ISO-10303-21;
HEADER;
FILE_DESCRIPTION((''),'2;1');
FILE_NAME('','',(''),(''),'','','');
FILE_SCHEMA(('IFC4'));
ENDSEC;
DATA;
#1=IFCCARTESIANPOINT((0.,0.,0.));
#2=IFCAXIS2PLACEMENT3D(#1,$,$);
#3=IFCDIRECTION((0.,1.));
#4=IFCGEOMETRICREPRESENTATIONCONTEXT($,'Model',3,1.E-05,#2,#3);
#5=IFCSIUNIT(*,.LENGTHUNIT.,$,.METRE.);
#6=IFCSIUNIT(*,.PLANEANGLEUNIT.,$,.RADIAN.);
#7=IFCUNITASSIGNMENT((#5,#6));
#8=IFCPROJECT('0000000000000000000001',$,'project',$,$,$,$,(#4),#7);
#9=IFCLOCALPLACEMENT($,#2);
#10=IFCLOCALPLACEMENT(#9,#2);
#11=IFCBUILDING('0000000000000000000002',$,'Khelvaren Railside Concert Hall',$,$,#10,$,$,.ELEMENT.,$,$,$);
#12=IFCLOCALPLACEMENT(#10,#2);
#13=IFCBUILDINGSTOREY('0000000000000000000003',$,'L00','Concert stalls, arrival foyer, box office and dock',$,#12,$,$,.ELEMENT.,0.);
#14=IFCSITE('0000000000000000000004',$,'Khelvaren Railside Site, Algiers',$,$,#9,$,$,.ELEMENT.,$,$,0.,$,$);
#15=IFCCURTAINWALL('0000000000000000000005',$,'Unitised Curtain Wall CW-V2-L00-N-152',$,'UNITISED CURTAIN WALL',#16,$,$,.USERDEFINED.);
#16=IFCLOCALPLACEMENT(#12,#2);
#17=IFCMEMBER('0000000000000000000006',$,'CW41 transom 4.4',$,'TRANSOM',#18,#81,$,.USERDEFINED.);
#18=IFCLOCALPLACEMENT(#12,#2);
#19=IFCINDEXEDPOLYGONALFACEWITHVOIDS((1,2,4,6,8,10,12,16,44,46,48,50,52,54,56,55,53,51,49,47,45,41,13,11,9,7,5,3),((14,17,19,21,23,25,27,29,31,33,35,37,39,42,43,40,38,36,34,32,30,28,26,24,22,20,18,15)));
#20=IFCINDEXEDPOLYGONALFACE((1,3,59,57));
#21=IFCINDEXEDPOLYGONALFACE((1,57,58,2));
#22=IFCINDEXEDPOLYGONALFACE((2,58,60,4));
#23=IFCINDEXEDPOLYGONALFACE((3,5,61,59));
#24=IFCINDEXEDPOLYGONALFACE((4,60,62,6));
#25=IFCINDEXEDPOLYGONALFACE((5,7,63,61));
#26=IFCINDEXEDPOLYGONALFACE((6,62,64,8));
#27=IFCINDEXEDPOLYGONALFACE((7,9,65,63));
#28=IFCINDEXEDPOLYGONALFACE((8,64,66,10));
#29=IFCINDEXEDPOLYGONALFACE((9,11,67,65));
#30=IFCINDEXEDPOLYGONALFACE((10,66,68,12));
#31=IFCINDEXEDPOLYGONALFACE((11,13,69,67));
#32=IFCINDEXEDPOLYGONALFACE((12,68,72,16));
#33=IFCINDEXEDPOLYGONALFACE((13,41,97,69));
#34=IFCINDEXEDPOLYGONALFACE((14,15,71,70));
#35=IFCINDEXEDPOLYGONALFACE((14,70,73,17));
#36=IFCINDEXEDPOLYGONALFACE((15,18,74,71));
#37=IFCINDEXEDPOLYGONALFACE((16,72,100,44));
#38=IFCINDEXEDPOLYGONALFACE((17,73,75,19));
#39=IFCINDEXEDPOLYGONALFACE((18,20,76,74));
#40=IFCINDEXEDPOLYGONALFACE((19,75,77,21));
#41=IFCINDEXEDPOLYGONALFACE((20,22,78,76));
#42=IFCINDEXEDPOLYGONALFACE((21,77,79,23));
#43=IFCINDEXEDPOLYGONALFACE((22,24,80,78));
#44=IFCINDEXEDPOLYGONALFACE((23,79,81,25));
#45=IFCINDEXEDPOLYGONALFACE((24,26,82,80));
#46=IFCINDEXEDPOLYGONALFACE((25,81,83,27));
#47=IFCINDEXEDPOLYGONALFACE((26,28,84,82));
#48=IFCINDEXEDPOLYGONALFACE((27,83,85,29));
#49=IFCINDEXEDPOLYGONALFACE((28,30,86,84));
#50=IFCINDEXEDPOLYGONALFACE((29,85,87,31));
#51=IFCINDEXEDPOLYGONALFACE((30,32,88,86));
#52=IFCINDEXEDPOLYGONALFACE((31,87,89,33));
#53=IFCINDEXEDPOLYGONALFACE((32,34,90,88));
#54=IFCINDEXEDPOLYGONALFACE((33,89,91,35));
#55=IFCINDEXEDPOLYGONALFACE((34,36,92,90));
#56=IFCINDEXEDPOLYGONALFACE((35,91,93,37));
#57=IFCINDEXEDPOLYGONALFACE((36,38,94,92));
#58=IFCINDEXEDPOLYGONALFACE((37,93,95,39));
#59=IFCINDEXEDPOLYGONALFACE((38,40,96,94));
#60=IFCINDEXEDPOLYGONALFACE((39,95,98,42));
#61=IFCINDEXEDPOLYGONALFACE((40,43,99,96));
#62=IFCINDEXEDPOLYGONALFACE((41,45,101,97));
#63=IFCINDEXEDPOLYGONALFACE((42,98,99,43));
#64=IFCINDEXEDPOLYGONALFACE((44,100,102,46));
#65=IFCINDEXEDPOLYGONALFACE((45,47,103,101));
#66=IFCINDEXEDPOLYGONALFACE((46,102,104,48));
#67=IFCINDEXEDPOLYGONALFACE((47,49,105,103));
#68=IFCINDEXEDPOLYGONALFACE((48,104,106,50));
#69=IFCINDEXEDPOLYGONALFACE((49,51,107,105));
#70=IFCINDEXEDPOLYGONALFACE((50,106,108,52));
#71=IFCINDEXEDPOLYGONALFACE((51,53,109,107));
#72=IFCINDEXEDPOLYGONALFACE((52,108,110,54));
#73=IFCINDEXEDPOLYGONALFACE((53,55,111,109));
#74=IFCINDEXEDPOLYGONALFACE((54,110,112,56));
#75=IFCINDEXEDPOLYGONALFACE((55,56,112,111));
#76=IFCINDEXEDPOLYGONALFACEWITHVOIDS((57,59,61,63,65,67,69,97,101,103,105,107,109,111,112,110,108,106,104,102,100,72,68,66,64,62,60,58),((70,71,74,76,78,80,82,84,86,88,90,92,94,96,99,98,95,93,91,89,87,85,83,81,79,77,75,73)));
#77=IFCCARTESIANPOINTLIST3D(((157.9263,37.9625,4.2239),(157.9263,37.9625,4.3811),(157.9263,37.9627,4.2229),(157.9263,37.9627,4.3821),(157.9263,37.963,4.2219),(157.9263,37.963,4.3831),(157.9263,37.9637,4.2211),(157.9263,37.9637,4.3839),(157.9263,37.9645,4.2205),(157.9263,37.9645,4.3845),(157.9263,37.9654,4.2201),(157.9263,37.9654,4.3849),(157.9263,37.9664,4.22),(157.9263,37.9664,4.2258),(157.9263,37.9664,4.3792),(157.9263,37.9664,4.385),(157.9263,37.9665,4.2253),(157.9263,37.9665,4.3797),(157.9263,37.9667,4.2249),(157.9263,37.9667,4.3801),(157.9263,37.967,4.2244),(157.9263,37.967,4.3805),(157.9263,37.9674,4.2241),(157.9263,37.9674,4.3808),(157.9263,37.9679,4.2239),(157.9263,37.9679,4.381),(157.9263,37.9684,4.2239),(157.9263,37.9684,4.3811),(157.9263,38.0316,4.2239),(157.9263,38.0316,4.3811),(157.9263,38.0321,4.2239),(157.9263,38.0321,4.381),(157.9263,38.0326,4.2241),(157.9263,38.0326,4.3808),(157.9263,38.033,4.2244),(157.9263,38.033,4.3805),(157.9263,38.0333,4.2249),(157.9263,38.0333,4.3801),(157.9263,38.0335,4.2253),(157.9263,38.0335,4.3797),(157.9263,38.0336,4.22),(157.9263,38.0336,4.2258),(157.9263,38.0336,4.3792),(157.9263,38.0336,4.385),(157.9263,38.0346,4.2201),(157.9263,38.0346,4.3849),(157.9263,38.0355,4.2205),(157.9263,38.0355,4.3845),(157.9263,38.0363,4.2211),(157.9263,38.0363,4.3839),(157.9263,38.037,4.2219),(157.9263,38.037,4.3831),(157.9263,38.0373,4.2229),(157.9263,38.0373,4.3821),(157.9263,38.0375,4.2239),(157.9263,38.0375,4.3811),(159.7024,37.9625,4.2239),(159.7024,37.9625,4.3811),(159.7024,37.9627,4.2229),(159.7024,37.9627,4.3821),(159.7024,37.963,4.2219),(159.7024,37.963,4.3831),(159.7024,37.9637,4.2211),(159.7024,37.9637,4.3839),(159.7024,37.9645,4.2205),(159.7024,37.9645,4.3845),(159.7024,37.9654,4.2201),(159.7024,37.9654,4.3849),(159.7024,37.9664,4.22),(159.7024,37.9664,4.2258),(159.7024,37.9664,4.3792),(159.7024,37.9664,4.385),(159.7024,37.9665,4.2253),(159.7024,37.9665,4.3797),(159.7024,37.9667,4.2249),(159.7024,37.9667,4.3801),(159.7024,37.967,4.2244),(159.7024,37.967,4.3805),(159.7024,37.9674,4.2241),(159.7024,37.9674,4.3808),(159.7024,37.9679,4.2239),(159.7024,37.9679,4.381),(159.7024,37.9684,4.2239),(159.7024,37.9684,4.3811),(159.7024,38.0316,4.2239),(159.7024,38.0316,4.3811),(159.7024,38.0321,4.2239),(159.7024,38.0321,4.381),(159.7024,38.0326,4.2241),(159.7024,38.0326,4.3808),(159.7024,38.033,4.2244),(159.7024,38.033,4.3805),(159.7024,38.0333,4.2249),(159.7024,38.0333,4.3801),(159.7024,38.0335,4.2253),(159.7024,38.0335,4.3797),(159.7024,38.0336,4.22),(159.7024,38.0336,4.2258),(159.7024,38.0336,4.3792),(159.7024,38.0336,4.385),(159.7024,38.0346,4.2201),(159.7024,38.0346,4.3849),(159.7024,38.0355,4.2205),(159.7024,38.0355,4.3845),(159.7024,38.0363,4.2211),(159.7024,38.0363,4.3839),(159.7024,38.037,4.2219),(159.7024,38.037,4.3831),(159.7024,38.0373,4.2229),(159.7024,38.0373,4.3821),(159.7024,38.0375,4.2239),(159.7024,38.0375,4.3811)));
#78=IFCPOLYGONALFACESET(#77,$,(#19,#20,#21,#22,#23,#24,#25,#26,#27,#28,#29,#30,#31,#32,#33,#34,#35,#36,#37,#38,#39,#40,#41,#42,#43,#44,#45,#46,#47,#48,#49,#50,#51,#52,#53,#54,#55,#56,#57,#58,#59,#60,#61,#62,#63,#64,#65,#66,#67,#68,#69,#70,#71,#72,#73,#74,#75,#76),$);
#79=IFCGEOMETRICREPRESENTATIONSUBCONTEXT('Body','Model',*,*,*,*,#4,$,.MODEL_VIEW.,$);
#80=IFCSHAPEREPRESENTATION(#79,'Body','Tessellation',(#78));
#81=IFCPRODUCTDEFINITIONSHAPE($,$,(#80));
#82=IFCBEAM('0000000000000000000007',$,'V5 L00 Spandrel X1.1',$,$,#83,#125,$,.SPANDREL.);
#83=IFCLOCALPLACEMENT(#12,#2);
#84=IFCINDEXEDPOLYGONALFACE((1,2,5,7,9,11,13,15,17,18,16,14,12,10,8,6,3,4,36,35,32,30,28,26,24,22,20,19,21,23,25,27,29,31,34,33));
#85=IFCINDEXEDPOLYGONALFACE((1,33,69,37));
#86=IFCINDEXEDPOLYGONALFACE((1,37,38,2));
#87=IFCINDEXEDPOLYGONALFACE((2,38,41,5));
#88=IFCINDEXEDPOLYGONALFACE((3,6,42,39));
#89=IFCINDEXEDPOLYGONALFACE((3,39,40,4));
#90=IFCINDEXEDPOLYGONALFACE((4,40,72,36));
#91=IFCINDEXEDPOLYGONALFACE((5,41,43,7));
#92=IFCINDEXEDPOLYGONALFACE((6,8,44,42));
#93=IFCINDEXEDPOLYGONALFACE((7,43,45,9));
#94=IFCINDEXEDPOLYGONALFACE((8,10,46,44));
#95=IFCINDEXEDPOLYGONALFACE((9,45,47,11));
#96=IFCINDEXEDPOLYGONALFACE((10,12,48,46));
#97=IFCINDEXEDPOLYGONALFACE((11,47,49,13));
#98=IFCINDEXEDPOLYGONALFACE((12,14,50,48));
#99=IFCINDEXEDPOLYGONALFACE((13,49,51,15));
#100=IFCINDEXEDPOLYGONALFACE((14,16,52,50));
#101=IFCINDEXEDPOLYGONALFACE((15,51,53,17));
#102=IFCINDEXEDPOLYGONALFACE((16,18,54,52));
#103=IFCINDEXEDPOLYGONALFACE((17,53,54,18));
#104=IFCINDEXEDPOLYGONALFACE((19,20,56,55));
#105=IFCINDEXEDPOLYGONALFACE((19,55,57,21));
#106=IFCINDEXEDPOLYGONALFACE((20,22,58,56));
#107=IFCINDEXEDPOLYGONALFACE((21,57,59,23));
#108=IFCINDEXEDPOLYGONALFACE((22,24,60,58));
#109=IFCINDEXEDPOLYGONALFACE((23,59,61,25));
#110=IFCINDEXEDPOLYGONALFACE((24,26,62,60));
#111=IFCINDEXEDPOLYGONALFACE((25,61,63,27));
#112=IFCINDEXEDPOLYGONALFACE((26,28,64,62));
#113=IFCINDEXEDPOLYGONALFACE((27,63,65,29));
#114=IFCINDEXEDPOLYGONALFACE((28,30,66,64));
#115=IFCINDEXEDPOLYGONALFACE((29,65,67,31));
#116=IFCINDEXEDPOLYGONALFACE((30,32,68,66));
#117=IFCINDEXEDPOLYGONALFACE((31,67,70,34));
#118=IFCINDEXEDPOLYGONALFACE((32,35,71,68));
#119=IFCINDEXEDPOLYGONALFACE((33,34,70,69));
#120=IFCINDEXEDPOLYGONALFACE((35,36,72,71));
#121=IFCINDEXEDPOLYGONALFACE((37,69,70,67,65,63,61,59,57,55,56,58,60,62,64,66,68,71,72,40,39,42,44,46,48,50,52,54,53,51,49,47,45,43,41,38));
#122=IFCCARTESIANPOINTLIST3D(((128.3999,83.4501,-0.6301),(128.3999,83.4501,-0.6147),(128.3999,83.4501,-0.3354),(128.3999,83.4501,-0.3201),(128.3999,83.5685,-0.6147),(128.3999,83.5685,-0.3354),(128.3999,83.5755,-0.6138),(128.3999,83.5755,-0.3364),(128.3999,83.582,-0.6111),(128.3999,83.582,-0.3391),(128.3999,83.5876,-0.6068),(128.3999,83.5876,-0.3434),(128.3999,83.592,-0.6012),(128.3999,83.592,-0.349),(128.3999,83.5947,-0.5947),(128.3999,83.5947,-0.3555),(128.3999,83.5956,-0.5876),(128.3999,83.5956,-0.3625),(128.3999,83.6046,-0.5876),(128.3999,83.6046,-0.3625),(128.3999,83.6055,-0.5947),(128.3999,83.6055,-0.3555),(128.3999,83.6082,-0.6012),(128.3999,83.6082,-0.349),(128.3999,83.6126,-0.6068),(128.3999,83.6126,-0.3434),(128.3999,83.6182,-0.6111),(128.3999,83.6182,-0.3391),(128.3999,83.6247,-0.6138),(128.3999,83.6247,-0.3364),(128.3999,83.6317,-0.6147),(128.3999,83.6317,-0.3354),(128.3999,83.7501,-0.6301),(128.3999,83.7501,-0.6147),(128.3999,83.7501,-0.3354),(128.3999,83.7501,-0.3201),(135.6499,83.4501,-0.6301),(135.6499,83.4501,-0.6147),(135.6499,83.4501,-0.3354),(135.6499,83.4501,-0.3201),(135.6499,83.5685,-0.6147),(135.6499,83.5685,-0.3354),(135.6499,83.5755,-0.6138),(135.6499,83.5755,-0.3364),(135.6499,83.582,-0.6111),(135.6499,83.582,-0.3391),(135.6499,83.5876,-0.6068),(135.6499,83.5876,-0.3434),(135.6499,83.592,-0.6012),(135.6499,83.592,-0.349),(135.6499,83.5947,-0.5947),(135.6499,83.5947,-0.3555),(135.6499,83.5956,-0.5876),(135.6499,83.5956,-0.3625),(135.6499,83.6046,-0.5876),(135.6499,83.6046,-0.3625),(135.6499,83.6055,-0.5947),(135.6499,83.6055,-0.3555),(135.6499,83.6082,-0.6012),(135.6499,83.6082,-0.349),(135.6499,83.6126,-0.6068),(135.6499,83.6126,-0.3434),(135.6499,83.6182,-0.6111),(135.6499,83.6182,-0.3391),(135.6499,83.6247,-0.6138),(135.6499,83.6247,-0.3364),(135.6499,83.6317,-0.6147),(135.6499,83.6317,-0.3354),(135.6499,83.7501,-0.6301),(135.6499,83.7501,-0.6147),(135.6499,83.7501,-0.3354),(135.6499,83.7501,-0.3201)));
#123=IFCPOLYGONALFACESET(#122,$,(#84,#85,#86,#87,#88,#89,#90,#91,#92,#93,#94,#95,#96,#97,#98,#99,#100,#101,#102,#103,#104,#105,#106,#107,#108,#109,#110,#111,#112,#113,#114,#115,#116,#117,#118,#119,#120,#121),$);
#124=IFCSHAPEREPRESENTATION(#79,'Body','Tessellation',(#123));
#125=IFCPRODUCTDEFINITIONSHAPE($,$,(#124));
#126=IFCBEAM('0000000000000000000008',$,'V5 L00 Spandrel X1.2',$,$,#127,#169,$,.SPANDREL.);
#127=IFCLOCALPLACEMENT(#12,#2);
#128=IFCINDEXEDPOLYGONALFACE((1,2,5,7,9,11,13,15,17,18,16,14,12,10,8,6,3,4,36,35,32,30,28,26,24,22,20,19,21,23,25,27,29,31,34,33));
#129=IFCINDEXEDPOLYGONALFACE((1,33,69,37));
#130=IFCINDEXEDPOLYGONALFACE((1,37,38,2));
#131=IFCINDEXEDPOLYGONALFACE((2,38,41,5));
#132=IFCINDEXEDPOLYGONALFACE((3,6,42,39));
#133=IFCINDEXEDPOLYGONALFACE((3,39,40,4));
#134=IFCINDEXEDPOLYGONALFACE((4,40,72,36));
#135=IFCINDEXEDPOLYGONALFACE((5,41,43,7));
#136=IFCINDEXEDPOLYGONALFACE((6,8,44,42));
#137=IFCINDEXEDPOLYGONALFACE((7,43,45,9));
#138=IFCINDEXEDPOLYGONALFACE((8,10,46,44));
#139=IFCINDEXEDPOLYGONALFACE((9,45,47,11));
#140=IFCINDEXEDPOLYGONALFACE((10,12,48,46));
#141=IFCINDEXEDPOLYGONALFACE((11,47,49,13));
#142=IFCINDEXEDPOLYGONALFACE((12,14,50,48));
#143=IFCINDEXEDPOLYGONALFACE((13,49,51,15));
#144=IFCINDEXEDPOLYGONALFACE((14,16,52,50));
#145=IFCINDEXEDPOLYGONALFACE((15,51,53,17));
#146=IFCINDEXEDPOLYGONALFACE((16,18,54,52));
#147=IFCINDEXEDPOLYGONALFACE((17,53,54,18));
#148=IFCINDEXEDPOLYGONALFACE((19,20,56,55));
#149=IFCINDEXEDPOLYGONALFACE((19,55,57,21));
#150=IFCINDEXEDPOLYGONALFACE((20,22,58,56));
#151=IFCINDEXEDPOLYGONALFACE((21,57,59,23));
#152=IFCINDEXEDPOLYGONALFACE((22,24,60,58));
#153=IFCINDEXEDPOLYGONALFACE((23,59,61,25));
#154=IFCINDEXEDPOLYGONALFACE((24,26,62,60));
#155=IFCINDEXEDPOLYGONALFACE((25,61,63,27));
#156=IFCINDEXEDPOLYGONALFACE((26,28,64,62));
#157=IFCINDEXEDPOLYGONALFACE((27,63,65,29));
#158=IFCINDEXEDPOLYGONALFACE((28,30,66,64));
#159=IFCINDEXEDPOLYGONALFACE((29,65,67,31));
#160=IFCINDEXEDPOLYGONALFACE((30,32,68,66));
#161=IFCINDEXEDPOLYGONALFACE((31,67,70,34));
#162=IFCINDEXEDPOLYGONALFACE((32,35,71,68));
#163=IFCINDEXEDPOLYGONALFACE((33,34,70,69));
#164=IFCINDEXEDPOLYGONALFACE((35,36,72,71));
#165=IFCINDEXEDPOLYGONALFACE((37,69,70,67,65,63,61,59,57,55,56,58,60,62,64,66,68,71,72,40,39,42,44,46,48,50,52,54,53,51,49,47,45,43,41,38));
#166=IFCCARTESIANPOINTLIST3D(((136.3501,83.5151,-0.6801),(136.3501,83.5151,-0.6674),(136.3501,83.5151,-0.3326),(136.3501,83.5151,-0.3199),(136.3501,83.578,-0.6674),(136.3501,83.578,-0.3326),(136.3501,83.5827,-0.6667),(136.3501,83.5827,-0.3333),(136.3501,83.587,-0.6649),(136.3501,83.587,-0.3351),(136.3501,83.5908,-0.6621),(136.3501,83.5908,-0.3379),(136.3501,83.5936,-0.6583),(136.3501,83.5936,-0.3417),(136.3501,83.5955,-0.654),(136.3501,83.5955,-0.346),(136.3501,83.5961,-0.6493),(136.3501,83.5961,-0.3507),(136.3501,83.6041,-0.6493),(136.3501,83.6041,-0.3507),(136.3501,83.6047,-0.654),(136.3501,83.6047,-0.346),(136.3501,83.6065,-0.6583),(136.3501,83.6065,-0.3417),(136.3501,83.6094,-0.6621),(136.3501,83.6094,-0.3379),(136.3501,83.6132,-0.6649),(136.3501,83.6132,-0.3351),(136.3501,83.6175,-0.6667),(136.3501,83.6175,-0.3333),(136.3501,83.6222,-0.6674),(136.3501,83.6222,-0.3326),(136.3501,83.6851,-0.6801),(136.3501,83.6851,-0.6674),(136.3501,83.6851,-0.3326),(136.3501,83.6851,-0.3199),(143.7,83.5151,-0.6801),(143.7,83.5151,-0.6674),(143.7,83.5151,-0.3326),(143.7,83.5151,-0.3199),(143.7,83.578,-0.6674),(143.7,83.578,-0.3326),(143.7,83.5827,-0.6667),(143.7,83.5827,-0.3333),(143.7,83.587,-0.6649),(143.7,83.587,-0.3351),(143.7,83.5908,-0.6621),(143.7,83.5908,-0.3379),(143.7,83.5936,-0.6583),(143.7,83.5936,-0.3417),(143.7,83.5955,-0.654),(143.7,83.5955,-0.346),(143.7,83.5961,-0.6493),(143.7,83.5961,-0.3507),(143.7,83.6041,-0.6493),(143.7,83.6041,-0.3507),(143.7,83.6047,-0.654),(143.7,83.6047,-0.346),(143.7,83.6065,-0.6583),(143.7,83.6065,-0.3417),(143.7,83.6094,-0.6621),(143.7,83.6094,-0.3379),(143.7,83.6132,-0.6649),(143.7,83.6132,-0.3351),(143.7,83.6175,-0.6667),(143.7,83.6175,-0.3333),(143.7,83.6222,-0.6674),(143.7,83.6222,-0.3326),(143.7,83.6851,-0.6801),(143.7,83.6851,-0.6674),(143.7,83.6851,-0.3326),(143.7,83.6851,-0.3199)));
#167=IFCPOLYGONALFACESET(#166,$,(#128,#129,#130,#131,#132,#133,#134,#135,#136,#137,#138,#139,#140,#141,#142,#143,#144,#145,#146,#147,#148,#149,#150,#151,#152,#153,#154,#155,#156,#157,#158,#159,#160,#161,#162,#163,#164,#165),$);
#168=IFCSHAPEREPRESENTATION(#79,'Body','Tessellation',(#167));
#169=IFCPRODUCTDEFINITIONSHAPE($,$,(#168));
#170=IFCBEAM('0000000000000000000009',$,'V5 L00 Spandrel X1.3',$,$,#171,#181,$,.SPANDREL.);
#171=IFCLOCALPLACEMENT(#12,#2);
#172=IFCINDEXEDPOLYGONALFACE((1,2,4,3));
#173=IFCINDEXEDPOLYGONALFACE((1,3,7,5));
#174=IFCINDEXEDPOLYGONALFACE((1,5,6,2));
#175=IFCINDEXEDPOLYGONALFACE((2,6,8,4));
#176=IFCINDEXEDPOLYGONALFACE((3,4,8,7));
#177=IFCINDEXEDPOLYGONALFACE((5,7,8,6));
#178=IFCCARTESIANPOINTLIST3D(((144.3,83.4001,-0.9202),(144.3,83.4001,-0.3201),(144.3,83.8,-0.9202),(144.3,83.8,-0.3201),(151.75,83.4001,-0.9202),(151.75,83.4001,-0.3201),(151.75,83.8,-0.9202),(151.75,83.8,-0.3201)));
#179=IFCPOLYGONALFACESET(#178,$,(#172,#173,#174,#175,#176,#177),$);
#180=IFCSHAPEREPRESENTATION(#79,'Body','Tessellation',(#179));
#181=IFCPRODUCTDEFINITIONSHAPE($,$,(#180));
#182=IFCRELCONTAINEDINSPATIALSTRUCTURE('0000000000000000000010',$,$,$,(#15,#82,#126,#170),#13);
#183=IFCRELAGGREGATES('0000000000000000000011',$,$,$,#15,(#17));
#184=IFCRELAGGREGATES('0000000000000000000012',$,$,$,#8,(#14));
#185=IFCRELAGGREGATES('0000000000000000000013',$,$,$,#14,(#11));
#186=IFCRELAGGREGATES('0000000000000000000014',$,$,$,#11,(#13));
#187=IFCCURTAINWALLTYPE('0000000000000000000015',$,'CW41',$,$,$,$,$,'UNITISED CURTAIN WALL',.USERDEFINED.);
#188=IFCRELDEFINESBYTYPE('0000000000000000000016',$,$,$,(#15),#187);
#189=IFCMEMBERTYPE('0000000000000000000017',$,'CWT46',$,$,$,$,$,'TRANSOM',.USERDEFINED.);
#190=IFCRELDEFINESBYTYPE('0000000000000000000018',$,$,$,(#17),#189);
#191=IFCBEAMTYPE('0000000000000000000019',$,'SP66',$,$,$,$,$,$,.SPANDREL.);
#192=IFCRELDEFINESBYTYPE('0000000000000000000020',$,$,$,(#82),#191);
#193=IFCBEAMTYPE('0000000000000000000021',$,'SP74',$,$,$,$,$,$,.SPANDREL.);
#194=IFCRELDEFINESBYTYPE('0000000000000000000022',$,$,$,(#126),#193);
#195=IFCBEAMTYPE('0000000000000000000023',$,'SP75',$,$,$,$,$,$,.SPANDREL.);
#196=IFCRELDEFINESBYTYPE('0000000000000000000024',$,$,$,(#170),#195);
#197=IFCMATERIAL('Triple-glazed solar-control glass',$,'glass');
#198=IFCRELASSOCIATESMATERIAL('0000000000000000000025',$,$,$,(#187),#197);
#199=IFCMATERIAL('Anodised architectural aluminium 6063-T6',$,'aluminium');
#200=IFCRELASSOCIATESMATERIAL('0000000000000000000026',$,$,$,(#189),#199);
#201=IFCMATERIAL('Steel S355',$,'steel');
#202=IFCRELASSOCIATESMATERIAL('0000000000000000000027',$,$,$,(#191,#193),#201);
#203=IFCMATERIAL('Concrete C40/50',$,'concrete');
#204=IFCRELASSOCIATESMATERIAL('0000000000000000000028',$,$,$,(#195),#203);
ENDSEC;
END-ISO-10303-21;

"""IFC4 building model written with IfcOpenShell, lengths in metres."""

from ifc_helpers import new_model, si_unit, direction, frame, origin, origin_2d, place, context, subcontext, project, spatial, rectangle, hollow_rectangle, i_section, extrude, material, material_profile, profile_set, type_object, element, aggregate, save


model = new_model("IFC4")

# Units and contexts
model_context = context("Model", 3, precision=1e-05, world=origin(), true_north=direction((0.0, 1.0)))
body_context = subcontext(model_context, "Body", "Model", "MODEL_VIEW")
ifc_project = project(units=[si_unit("LENGTHUNIT", "METRE"), si_unit("PLANEANGLEUNIT", "RADIAN")], contexts=[model_context])

# Site, building, storey
site_placement = place(None, origin())
site = spatial("IfcSite", under=ifc_project, at=site_placement, Name="Khelvaren Railside Site, Algiers", CompositionType="ELEMENT", RefElevation=0.0)
building_placement = place(site_placement, origin())
building = spatial("IfcBuilding", under=site, at=building_placement, Name="Khelvaren Railside Concert Hall", CompositionType="ELEMENT")
storey_placement = place(building_placement, origin())
storey = spatial("IfcBuildingStorey", under=building, at=storey_placement, Name="L00", Description="Concert stalls, arrival foyer, box office and dock", CompositionType="ELEMENT", Elevation=0.0)

# Shared definitions
ifc_material_1 = material(Name="Steel S355", Category="steel")

# Curtain wall, member
ifc_material_2 = material(Name="Triple-glazed solar-control glass", Category="glass")
curtain_wall_type = type_object("IfcCurtainWallType", Name="CW41", ElementType="UNITISED CURTAIN WALL", PredefinedType="USERDEFINED", material=ifc_material_2)
curtain_wall_placement = place(storey_placement, origin())
curtain_wall = element("IfcCurtainWall", 1, at=curtain_wall_placement, inside=storey, type_object=curtain_wall_type, Name="Unitised Curtain Wall CW-V2-L00-N-152", ObjectType="UNITISED CURTAIN WALL", PredefinedType="USERDEFINED")
ifc_material_3 = material(Name="Anodised architectural aluminium 6063-T6", Category="aluminium")
ifc_material_profile_1 = material_profile(ifc_material_3, hollow_rectangle(XDim=0.075, YDim=0.165, WallThickness=0.0039, InnerFilletRadius=0.002, OuterFilletRadius=0.0039, at=origin_2d()), Name="CWT 75x165x4")
ifc_profile_set_1 = profile_set([ifc_material_profile_1], Name="Anodised architectural aluminium 6063-T6")
member_type_1 = type_object("IfcMemberType", Name="CWT46", ElementType="TRANSOM", PredefinedType="USERDEFINED", material=ifc_profile_set_1)
member_1_placement = place(storey_placement, frame((157.9263, 38.0, 4.3025), z_axis=(1.0, 0.0, 0.0), x_axis=(0.0, 1.0, 0.0)))
member_1 = element("IfcMember", 2, at=member_1_placement, type_object=member_type_1, Name="CW41 transom 4.4", ObjectType="TRANSOM", PredefinedType="USERDEFINED", context=body_context, shape_type="SweptSolid", body=[
    extrude(hollow_rectangle(XDim=0.075, YDim=0.165, WallThickness=0.0039, InnerFilletRadius=0.002, OuterFilletRadius=0.0039, at=origin_2d()), origin(), (0.0, 0.0, 1.0), 1.7761),
])

# Beams
ifc_material_profile_2 = material_profile(ifc_material_1, i_section(OverallWidth=0.3, OverallDepth=0.3101, WebThickness=0.009, FlangeThickness=0.0154, FilletRadius=0.0271, at=origin_2d()), Name="HEA 320")
ifc_profile_set_2 = profile_set([ifc_material_profile_2], Name="Steel S355")
beam_type_1 = type_object("IfcBeamType", Name="SP66", PredefinedType="SPANDREL", material=ifc_profile_set_2)
beam_1_placement = place(storey_placement, frame((128.3999, 83.6001, -0.4751), z_axis=(1.0, 0.0, 0.0), x_axis=(0.0, 1.0, 0.0)))
element("IfcBeam", 3, at=beam_1_placement, inside=storey, type_object=beam_type_1, Name="V5 L00 Spandrel X1.1", PredefinedType="SPANDREL", context=body_context, shape_type="SweptSolid", body=[
    extrude(i_section(OverallWidth=0.3, OverallDepth=0.3101, WebThickness=0.009, FlangeThickness=0.0154, FilletRadius=0.0271, at=origin_2d()), origin(), (0.0, 0.0, 1.0), 7.25),
])
ifc_material_profile_3 = material_profile(ifc_material_1, i_section(OverallWidth=0.1699, OverallDepth=0.3601, WebThickness=0.0081, FlangeThickness=0.0127, FilletRadius=0.0181, at=origin_2d()), Name="IPE 360")
ifc_profile_set_3 = profile_set([ifc_material_profile_3], Name="Steel S355")
beam_type_2 = type_object("IfcBeamType", Name="SP74", PredefinedType="SPANDREL", material=ifc_profile_set_3)
beam_2_placement = place(storey_placement, frame((136.3501, 83.6001, -0.5), z_axis=(1.0, 0.0, 0.0), x_axis=(0.0, 1.0, 0.0)))
element("IfcBeam", 4, at=beam_2_placement, inside=storey, type_object=beam_type_2, Name="V5 L00 Spandrel X1.2", PredefinedType="SPANDREL", context=body_context, shape_type="SweptSolid", body=[
    extrude(i_section(OverallWidth=0.1699, OverallDepth=0.3601, WebThickness=0.0081, FlangeThickness=0.0127, FilletRadius=0.0181, at=origin_2d()), origin(), (0.0, 0.0, 1.0), 7.3499),
])
ifc_material_4 = material(Name="Concrete C40/50", Category="concrete")
ifc_material_profile_4 = material_profile(ifc_material_4, rectangle(XDim=0.3999, YDim=0.6001, at=origin_2d()), Name="RCB 400x600")
ifc_profile_set_4 = profile_set([ifc_material_profile_4], Name="Concrete C40/50")
beam_type_3 = type_object("IfcBeamType", Name="SP75", PredefinedType="SPANDREL", material=ifc_profile_set_4)
beam_3_placement = place(storey_placement, frame((144.3, 83.6001, -0.6201), z_axis=(1.0, 0.0, 0.0), x_axis=(0.0, 1.0, 0.0)))
element("IfcBeam", 5, at=beam_3_placement, inside=storey, type_object=beam_type_3, Name="V5 L00 Spandrel X1.3", PredefinedType="SPANDREL", context=body_context, shape_type="SweptSolid", body=[
    extrude(rectangle(XDim=0.3999, YDim=0.6001, at=origin_2d()), origin(), (0.0, 0.0, 1.0), 7.45),
])

aggregate(curtain_wall, [member_1])

save(model, "model.ifc")
